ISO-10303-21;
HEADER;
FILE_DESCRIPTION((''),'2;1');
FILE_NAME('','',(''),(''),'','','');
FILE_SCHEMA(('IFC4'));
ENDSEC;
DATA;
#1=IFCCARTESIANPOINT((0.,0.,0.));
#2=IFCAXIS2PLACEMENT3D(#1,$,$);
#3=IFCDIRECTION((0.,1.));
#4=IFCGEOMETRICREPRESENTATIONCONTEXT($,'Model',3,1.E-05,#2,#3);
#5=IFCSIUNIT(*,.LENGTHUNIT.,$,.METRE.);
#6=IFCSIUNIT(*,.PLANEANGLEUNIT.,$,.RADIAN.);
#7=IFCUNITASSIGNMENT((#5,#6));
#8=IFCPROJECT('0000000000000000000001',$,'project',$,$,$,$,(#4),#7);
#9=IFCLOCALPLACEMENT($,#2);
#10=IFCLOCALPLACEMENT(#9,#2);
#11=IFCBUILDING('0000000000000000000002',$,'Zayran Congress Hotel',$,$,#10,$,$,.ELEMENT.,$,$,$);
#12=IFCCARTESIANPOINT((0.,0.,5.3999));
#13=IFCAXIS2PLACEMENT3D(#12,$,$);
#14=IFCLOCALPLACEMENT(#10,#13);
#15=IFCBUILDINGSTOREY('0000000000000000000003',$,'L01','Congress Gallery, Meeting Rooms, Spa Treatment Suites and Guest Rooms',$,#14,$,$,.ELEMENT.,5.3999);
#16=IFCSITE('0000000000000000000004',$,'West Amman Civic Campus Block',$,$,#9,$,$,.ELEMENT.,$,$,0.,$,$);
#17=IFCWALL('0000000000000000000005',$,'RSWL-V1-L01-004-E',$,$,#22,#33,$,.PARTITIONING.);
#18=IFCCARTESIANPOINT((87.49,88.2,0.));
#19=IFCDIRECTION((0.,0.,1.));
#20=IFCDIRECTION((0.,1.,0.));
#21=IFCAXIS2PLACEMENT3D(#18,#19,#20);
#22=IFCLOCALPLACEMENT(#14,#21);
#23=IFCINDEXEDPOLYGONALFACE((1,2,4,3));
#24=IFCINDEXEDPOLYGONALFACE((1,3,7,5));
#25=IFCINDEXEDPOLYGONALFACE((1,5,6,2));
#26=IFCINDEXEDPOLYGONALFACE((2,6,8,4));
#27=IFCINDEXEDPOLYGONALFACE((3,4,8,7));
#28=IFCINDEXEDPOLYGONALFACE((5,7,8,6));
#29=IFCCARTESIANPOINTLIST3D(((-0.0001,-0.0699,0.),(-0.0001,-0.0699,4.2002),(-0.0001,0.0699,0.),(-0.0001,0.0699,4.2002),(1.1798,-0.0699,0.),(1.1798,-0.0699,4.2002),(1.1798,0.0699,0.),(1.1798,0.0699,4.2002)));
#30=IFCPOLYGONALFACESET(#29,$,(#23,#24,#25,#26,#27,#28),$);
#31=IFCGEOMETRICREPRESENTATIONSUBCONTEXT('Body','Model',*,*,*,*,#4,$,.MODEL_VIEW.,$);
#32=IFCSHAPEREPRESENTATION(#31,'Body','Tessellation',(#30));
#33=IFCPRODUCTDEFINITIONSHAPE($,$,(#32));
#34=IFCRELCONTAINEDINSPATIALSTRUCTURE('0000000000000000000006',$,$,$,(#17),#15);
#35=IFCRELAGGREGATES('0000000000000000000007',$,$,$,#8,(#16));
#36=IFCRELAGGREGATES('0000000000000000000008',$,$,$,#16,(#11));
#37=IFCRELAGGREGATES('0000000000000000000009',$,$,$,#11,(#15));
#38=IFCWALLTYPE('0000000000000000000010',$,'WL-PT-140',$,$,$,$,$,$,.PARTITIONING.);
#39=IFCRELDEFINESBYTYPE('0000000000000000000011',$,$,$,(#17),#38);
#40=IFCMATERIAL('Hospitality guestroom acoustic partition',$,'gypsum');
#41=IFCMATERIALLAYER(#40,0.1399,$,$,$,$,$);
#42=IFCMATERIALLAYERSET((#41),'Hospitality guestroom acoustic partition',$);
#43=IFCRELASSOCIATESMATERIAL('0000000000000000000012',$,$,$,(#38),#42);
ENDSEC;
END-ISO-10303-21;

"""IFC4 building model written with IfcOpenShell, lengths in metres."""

from ifc_helpers import new_model, si_unit, direction, frame, frame_2d, origin, place, context, subcontext, project, spatial, rectangle, extrude, material, layer, layer_set, type_object, element, save


model = new_model("IFC4")

# Units and contexts
model_context = context("Model", 3, precision=1e-05, world=origin(), true_north=direction((0.0, 1.0)))
body_context = subcontext(model_context, "Body", "Model", "MODEL_VIEW")
ifc_project = project(units=[si_unit("LENGTHUNIT", "METRE"), si_unit("PLANEANGLEUNIT", "RADIAN")], contexts=[model_context])

# Site, building, storey
site_placement = place(None, origin())
site = spatial("IfcSite", under=ifc_project, at=site_placement, Name="West Amman Civic Campus Block", CompositionType="ELEMENT", RefElevation=0.0)
building_placement = place(site_placement, origin())
building = spatial("IfcBuilding", under=site, at=building_placement, Name="Zayran Congress Hotel", CompositionType="ELEMENT")
storey_placement = place(building_placement, frame((0.0, 0.0, 5.3999)))
storey = spatial("IfcBuildingStorey", under=building, at=storey_placement, Name="L01", Description="Congress Gallery, Meeting Rooms, Spa Treatment Suites and Guest Rooms", CompositionType="ELEMENT", Elevation=5.3999)

# Wall
ifc_material_1 = material(Name="Hospitality guestroom acoustic partition", Category="gypsum")
ifc_layer_1 = layer(ifc_material_1, 0.1399)
ifc_layer_set_1 = layer_set([ifc_layer_1], Name="Hospitality guestroom acoustic partition")
wall_type = type_object("IfcWallType", Name="WL-PT-140", PredefinedType="PARTITIONING", material=ifc_layer_set_1)
for number, where, z_axis, x_axis, name in (
    (1, (87.49, 88.2, 0.0), (0.0, 0.0, 1.0), (0.0, 1.0, 0.0), "RSWL-V1-L01-004-E"),
):
    element("IfcWall", number, at=place(storey_placement, frame(where, z_axis=z_axis, x_axis=x_axis)), inside=storey, type_object=wall_type, Name=name, PredefinedType="PARTITIONING", context=body_context, shape_type="SweptSolid", body=[
        extrude(rectangle(XDim=1.1799, YDim=0.1399, at=frame_2d((0.5898, 0.0))), origin(), (0.0, 0.0, 1.0), 4.2002),
    ])

save(model, "model.ifc")
